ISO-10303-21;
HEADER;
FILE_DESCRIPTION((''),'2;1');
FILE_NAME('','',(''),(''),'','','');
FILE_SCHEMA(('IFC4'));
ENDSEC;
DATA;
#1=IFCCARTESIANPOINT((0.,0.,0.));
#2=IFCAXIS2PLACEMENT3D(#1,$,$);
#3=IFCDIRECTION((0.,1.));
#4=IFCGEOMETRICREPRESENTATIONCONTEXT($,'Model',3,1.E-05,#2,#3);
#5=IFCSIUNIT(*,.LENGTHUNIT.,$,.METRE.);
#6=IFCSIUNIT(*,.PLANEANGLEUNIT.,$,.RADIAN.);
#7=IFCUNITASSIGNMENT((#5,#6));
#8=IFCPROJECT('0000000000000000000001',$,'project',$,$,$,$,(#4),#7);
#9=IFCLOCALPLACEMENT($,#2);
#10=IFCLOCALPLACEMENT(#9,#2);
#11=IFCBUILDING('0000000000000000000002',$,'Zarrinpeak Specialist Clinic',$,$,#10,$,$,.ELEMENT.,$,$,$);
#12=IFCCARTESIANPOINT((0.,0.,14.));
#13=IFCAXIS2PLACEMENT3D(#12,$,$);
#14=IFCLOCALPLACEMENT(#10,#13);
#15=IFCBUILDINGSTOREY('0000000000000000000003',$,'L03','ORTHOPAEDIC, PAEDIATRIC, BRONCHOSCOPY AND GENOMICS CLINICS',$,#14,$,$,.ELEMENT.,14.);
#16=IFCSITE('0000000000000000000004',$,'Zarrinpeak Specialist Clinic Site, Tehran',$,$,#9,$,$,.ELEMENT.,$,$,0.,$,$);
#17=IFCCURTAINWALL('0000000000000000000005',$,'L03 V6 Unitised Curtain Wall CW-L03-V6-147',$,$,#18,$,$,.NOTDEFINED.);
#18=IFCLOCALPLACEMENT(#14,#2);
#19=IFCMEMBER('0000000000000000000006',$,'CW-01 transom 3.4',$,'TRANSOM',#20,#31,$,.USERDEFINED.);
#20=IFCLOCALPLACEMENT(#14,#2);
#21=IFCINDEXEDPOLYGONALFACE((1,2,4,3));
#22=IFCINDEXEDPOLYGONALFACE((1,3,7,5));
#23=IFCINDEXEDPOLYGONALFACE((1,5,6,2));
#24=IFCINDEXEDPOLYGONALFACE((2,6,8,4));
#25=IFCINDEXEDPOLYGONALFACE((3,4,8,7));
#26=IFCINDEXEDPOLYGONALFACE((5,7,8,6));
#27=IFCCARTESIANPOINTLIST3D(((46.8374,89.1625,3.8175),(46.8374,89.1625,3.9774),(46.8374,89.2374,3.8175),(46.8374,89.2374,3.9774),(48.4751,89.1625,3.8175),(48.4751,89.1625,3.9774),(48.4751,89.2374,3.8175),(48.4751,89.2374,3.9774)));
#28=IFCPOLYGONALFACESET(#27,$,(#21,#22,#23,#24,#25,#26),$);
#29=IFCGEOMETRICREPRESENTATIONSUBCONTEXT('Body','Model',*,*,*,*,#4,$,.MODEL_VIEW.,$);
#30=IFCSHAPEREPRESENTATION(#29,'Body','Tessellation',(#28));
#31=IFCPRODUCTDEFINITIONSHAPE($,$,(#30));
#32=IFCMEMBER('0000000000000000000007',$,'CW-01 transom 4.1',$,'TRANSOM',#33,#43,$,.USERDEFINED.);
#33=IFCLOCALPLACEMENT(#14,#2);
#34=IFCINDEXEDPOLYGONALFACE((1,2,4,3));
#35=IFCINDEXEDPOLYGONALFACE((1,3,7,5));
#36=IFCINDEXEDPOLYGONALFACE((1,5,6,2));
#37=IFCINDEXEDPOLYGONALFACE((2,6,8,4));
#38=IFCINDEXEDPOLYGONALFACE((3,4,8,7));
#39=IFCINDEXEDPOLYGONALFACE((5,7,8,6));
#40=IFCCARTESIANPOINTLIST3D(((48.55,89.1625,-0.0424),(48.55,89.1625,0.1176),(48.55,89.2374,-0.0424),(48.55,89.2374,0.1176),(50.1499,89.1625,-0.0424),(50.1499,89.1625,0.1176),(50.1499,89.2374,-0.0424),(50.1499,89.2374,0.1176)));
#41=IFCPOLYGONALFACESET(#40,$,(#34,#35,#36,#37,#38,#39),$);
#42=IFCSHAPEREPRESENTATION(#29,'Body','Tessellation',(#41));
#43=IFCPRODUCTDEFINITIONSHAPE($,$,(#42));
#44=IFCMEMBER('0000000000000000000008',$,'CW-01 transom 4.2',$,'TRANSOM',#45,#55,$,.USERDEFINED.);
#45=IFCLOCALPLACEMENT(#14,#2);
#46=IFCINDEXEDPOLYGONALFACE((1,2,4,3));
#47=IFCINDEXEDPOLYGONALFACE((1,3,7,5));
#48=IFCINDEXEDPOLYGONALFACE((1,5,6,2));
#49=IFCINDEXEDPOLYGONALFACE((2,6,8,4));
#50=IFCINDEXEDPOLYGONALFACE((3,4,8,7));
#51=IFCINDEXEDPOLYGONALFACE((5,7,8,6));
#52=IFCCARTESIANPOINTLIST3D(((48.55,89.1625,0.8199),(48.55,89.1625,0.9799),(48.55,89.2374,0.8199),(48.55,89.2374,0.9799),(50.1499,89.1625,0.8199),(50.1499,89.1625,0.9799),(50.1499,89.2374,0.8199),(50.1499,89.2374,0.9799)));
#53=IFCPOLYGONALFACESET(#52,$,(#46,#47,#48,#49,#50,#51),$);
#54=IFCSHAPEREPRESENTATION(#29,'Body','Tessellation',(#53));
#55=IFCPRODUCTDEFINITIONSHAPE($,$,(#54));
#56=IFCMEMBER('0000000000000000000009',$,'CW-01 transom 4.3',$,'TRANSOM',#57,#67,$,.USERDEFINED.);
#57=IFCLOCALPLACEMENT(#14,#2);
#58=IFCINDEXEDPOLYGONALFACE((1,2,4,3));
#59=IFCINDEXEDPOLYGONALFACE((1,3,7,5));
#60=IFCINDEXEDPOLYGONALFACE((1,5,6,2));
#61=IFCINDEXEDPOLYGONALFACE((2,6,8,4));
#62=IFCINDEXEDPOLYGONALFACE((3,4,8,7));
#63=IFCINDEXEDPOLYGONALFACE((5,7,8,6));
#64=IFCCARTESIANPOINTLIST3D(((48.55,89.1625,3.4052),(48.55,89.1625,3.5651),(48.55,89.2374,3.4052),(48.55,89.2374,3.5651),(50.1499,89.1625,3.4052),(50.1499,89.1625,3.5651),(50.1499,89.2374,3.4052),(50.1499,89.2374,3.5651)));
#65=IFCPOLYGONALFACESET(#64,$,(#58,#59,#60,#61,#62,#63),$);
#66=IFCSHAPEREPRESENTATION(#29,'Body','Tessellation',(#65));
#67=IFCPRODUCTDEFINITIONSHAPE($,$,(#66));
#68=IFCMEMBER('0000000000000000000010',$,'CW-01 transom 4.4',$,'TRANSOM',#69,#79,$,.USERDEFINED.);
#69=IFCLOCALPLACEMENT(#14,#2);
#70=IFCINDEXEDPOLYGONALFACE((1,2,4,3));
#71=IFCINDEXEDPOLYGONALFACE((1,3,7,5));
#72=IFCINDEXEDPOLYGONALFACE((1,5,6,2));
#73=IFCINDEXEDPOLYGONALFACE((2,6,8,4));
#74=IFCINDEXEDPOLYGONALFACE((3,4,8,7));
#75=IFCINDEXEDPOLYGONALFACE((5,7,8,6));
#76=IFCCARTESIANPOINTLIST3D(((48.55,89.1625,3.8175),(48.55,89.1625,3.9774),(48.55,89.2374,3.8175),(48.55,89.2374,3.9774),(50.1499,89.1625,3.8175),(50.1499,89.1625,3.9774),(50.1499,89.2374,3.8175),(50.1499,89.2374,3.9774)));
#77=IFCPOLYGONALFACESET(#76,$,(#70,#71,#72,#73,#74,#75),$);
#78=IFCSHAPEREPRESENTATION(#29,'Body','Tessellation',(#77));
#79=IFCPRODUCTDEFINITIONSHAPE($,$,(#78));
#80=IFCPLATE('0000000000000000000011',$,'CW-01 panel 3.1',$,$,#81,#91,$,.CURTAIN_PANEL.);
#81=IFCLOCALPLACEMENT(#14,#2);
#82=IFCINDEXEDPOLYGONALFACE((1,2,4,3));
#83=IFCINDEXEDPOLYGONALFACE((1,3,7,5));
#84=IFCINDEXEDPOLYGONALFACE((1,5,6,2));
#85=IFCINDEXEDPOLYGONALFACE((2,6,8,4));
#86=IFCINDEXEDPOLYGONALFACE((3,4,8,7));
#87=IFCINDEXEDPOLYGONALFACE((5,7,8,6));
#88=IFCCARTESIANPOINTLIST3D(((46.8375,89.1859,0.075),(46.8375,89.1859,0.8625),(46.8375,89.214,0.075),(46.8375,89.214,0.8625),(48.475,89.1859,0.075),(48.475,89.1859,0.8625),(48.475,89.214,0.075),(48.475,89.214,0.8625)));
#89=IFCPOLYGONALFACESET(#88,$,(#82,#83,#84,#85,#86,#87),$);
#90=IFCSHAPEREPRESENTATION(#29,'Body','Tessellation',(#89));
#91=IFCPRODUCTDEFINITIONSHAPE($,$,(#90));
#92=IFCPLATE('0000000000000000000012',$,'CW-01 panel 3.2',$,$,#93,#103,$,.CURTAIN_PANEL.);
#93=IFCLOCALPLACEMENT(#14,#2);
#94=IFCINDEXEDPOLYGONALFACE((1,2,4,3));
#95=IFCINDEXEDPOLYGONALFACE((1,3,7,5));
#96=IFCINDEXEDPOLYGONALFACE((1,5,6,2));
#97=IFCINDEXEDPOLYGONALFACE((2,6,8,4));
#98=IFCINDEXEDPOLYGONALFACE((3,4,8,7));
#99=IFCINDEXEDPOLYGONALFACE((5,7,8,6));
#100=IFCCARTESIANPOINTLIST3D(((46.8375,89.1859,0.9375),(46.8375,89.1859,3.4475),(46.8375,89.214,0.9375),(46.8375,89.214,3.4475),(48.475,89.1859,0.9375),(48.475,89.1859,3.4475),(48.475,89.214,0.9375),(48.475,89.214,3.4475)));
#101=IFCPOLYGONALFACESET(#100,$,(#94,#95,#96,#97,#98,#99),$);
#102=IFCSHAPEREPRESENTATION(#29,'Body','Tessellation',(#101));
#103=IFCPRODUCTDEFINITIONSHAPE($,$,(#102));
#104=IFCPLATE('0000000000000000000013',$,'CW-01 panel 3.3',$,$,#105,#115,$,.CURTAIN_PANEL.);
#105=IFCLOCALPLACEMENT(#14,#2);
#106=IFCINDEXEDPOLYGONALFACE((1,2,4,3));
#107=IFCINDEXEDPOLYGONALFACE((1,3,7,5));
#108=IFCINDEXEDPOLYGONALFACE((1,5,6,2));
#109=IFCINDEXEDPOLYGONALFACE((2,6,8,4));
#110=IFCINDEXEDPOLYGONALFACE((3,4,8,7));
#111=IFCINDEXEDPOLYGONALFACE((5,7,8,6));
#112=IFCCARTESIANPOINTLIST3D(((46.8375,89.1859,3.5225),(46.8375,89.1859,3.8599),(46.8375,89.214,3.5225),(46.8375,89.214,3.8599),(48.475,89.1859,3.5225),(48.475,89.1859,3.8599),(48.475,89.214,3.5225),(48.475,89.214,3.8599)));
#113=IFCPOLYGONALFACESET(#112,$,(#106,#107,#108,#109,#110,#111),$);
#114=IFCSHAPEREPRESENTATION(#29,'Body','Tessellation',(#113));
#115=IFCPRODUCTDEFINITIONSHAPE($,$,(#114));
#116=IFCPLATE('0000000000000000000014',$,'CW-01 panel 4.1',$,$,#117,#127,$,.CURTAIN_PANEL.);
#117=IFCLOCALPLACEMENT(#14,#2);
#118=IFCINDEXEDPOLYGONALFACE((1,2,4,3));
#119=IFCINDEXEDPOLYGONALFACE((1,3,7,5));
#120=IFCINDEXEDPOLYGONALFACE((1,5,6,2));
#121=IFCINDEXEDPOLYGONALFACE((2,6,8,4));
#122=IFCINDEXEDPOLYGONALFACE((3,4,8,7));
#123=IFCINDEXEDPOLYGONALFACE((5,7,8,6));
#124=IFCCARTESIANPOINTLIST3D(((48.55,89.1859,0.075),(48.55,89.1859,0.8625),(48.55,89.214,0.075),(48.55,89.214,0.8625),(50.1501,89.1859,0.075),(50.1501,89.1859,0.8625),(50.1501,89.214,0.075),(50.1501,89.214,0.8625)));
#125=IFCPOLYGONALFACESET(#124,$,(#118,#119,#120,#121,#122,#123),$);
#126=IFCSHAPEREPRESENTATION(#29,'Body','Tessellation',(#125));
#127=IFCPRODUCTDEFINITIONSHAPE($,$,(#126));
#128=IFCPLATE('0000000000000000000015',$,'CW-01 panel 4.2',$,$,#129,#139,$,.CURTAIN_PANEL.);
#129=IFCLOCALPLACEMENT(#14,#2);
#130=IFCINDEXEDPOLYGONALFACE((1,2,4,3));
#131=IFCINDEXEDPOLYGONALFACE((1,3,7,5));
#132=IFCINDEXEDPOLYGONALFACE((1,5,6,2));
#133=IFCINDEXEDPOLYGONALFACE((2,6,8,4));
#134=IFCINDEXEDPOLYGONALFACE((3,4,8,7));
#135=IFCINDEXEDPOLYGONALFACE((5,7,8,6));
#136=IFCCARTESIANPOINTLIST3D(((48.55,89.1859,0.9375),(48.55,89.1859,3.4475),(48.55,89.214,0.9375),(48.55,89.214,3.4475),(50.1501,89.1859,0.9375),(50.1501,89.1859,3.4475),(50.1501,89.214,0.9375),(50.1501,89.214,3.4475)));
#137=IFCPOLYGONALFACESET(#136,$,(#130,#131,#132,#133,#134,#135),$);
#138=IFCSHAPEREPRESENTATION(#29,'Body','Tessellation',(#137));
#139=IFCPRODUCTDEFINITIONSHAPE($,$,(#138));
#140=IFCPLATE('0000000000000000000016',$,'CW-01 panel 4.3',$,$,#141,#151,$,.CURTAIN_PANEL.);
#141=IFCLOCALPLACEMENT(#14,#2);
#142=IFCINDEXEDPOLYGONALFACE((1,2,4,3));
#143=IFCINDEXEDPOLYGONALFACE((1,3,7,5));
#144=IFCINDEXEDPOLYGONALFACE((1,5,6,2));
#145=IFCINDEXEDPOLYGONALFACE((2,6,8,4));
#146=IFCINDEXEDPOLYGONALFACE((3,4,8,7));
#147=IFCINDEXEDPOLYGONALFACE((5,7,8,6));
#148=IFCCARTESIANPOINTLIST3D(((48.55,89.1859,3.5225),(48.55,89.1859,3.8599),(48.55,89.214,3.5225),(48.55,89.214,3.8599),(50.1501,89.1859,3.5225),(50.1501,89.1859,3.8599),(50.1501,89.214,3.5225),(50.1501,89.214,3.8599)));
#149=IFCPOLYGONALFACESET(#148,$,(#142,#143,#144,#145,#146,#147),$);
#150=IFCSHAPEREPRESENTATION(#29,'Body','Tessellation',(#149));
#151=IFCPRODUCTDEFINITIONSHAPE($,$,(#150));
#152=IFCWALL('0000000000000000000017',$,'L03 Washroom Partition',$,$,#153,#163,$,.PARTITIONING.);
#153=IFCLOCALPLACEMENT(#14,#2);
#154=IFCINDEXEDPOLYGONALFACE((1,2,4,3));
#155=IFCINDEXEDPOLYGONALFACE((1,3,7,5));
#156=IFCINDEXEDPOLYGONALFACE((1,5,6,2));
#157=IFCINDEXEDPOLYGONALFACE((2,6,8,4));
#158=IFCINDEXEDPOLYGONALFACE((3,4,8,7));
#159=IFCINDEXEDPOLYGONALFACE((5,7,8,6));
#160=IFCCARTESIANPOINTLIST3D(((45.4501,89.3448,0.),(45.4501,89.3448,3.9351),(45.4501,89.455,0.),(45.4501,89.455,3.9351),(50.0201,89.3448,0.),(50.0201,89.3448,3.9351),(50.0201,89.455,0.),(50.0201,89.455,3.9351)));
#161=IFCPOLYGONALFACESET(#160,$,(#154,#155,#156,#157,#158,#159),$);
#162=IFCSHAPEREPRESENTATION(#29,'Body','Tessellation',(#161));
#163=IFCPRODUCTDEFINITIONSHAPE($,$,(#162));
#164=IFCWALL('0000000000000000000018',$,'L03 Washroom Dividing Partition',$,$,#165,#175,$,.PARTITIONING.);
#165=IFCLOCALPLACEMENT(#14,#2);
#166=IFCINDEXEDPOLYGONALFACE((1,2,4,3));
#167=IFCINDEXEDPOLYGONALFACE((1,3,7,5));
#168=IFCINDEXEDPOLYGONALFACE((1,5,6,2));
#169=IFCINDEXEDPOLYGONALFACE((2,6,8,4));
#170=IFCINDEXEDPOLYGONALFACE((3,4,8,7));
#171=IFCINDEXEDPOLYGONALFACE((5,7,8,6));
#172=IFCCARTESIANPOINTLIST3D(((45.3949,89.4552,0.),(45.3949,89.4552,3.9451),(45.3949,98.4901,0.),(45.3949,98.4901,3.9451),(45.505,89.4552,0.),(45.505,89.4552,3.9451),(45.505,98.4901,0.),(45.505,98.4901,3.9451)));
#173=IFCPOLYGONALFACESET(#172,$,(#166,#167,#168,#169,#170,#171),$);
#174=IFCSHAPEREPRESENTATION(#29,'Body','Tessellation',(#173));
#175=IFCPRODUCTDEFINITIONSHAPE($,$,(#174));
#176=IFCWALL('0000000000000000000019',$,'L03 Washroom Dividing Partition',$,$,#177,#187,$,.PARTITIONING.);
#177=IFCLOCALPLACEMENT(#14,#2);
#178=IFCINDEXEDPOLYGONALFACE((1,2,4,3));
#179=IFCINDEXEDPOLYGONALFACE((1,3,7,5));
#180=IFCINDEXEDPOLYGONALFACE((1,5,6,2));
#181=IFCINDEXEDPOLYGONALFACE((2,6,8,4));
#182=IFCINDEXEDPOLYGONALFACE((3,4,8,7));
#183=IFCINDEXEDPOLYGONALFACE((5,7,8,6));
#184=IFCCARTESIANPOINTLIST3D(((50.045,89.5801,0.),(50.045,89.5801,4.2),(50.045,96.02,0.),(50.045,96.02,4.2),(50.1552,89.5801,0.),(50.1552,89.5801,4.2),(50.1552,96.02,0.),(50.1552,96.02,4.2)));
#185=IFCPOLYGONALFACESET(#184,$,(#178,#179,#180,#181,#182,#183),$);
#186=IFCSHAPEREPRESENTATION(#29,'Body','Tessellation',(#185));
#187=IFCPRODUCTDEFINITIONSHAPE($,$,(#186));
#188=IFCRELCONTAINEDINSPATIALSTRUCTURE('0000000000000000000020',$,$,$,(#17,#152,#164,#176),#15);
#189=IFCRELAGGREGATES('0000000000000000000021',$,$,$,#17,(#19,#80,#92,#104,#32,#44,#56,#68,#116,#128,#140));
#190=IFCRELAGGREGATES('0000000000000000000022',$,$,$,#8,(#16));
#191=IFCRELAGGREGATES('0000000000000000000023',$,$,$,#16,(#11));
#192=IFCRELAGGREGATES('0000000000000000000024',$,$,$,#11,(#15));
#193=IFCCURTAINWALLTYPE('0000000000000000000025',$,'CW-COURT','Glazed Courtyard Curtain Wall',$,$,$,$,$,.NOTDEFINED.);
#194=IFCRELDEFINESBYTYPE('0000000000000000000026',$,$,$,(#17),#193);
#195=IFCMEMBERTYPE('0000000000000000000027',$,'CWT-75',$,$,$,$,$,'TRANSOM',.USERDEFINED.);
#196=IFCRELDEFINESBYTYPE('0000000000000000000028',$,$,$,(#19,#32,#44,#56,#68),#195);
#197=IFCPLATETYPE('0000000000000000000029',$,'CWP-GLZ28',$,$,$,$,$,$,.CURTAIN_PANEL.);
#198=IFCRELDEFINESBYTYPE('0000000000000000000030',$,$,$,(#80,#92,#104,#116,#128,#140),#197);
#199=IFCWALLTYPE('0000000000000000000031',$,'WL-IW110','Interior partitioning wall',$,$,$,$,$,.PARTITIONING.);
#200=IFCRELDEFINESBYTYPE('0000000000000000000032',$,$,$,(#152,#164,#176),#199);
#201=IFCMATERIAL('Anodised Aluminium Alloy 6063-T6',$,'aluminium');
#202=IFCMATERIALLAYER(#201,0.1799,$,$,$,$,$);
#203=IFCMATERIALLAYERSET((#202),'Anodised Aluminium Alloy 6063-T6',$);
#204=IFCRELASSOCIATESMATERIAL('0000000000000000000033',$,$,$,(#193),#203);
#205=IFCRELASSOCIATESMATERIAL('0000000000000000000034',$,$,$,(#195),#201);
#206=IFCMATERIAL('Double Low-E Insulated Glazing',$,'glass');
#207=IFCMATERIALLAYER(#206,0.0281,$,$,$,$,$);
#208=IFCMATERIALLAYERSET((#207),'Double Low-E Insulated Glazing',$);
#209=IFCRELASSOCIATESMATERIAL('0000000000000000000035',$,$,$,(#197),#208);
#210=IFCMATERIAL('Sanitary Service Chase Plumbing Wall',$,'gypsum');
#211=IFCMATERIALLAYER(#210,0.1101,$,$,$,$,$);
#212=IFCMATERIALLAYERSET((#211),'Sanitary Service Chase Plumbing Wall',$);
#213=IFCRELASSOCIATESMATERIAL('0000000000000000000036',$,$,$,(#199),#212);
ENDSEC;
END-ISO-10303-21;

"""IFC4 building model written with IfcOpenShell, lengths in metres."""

from ifc_helpers import new_model, si_unit, direction, frame, frame_2d, origin, origin_2d, place, context, subcontext, project, spatial, rectangle, extrude, material, layer, layer_set, material_profile, profile_set, type_object, element, aggregate, save


model = new_model("IFC4")

# Units and contexts
model_context = context("Model", 3, precision=1e-05, world=origin(), true_north=direction((0.0, 1.0)))
body_context = subcontext(model_context, "Body", "Model", "MODEL_VIEW")
ifc_project = project(units=[si_unit("LENGTHUNIT", "METRE"), si_unit("PLANEANGLEUNIT", "RADIAN")], contexts=[model_context])

# Site, building, storey
site_placement = place(None, origin())
site = spatial("IfcSite", under=ifc_project, at=site_placement, Name="Zarrinpeak Specialist Clinic Site, Tehran", CompositionType="ELEMENT", RefElevation=0.0)
building_placement = place(site_placement, origin())
building = spatial("IfcBuilding", under=site, at=building_placement, Name="Zarrinpeak Specialist Clinic", CompositionType="ELEMENT")
storey_placement = place(building_placement, frame((0.0, 0.0, 14.0)))
storey = spatial("IfcBuildingStorey", under=building, at=storey_placement, Name="L03", Description="ORTHOPAEDIC, PAEDIATRIC, BRONCHOSCOPY AND GENOMICS CLINICS", CompositionType="ELEMENT", Elevation=14.0)

# Curtain wall, members, plates
ifc_material_1 = material(Name="Anodised Aluminium Alloy 6063-T6", Category="aluminium")
ifc_layer_1 = layer(ifc_material_1, 0.1799)
ifc_layer_set_1 = layer_set([ifc_layer_1], Name="Anodised Aluminium Alloy 6063-T6")
curtain_wall_type = type_object("IfcCurtainWallType", Name="CW-COURT", Description="Glazed Courtyard Curtain Wall", PredefinedType="NOTDEFINED", material=ifc_layer_set_1)
curtain_wall_placement = place(storey_placement, origin())
curtain_wall = element("IfcCurtainWall", 1, at=curtain_wall_placement, inside=storey, type_object=curtain_wall_type, Name="L03 V6 Unitised Curtain Wall CW-L03-V6-147", PredefinedType="NOTDEFINED")
ifc_material_profile_1 = material_profile(ifc_material_1, rectangle(XDim=0.075, YDim=0.1599, at=origin_2d()), Name="ALU 75x160")
ifc_profile_set_1 = profile_set([ifc_material_profile_1], Name="Anodised Aluminium Alloy 6063-T6")
member_type_1 = type_object("IfcMemberType", Name="CWT-75", ElementType="TRANSOM", PredefinedType="USERDEFINED", material=ifc_profile_set_1)
member_1_placement = place(storey_placement, frame((46.8374, 89.2, 3.8975), z_axis=(1.0, 0.0, 0.0), x_axis=(0.0, 1.0, 0.0)))
member_1 = element("IfcMember", 2, at=member_1_placement, type_object=member_type_1, Name="CW-01 transom 3.4", ObjectType="TRANSOM", PredefinedType="USERDEFINED", context=body_context, shape_type="SweptSolid", body=[
    extrude(rectangle(XDim=0.075, YDim=0.1599, at=origin_2d()), origin(), (0.0, 0.0, 1.0), 1.6377),
])
member_2_placement = place(storey_placement, frame((48.55, 89.2, 0.0376), z_axis=(1.0, 0.0, 0.0), x_axis=(0.0, 1.0, 0.0)))
member_2 = element("IfcMember", 3, at=member_2_placement, type_object=member_type_1, Name="CW-01 transom 4.1", ObjectType="TRANSOM", PredefinedType="USERDEFINED", context=body_context, shape_type="SweptSolid", body=[
    extrude(rectangle(XDim=0.075, YDim=0.1599, at=origin_2d()), origin(), (0.0, 0.0, 1.0), 1.5999),
])
member_3_placement = place(storey_placement, frame((48.55, 89.2, 0.8999), z_axis=(1.0, 0.0, 0.0), x_axis=(0.0, 1.0, 0.0)))
member_3 = element("IfcMember", 4, at=member_3_placement, type_object=member_type_1, Name="CW-01 transom 4.2", ObjectType="TRANSOM", PredefinedType="USERDEFINED", context=body_context, shape_type="SweptSolid", body=[
    extrude(rectangle(XDim=0.075, YDim=0.1599, at=origin_2d()), origin(), (0.0, 0.0, 1.0), 1.5999),
])
member_4_placement = place(storey_placement, frame((48.55, 89.2, 3.4851), z_axis=(1.0, 0.0, 0.0), x_axis=(0.0, 1.0, 0.0)))
member_4 = element("IfcMember", 5, at=member_4_placement, type_object=member_type_1, Name="CW-01 transom 4.3", ObjectType="TRANSOM", PredefinedType="USERDEFINED", context=body_context, shape_type="SweptSolid", body=[
    extrude(rectangle(XDim=0.075, YDim=0.1599, at=origin_2d()), origin(), (0.0, 0.0, 1.0), 1.5999),
])
member_5_placement = place(storey_placement, frame((48.55, 89.2, 3.8975), z_axis=(1.0, 0.0, 0.0), x_axis=(0.0, 1.0, 0.0)))
member_5 = element("IfcMember", 6, at=member_5_placement, type_object=member_type_1, Name="CW-01 transom 4.4", ObjectType="TRANSOM", PredefinedType="USERDEFINED", context=body_context, shape_type="SweptSolid", body=[
    extrude(rectangle(XDim=0.075, YDim=0.1599, at=origin_2d()), origin(), (0.0, 0.0, 1.0), 1.5999),
])
ifc_material_2 = material(Name="Double Low-E Insulated Glazing", Category="glass")
ifc_layer_2 = layer(ifc_material_2, 0.0281)
ifc_layer_set_2 = layer_set([ifc_layer_2], Name="Double Low-E Insulated Glazing")
plate_type = type_object("IfcPlateType", Name="CWP-GLZ28", PredefinedType="CURTAIN_PANEL", material=ifc_layer_set_2)
plate_1_placement = place(storey_placement, frame((47.6562, 89.2, 0.075), z_axis=(0.0, 0.0, 1.0), x_axis=(1.0, 0.0, 0.0)))
plate_1 = element("IfcPlate", 7, at=plate_1_placement, type_object=plate_type, Name="CW-01 panel 3.1", PredefinedType="CURTAIN_PANEL", context=body_context, shape_type="SweptSolid", body=[
    extrude(rectangle(XDim=1.6375, YDim=0.0281, at=origin_2d()), origin(), (0.0, 0.0, 1.0), 0.7876),
])
plate_2_placement = place(storey_placement, frame((47.6562, 89.2, 0.9375), z_axis=(0.0, 0.0, 1.0), x_axis=(1.0, 0.0, 0.0)))
plate_2 = element("IfcPlate", 8, at=plate_2_placement, type_object=plate_type, Name="CW-01 panel 3.2", PredefinedType="CURTAIN_PANEL", context=body_context, shape_type="SweptSolid", body=[
    extrude(rectangle(XDim=1.6375, YDim=0.0281, at=origin_2d()), origin(), (0.0, 0.0, 1.0), 2.51),
])
plate_3_placement = place(storey_placement, frame((47.6562, 89.2, 3.5225), z_axis=(0.0, 0.0, 1.0), x_axis=(1.0, 0.0, 0.0)))
plate_3 = element("IfcPlate", 9, at=plate_3_placement, type_object=plate_type, Name="CW-01 panel 3.3", PredefinedType="CURTAIN_PANEL", context=body_context, shape_type="SweptSolid", body=[
    extrude(rectangle(XDim=1.6375, YDim=0.0281, at=origin_2d()), origin(), (0.0, 0.0, 1.0), 0.3374),
])
plate_4_placement = place(storey_placement, frame((49.3501, 89.2, 0.075), z_axis=(0.0, 0.0, 1.0), x_axis=(1.0, 0.0, 0.0)))
plate_4 = element("IfcPlate", 10, at=plate_4_placement, type_object=plate_type, Name="CW-01 panel 4.1", PredefinedType="CURTAIN_PANEL", context=body_context, shape_type="SweptSolid", body=[
    extrude(rectangle(XDim=1.6001, YDim=0.0281, at=origin_2d()), origin(), (0.0, 0.0, 1.0), 0.7876),
])
plate_5_placement = place(storey_placement, frame((49.3501, 89.2, 0.9375), z_axis=(0.0, 0.0, 1.0), x_axis=(1.0, 0.0, 0.0)))
plate_5 = element("IfcPlate", 11, at=plate_5_placement, type_object=plate_type, Name="CW-01 panel 4.2", PredefinedType="CURTAIN_PANEL", context=body_context, shape_type="SweptSolid", body=[
    extrude(rectangle(XDim=1.6001, YDim=0.0281, at=origin_2d()), origin(), (0.0, 0.0, 1.0), 2.51),
])
plate_6_placement = place(storey_placement, frame((49.3501, 89.2, 3.5225), z_axis=(0.0, 0.0, 1.0), x_axis=(1.0, 0.0, 0.0)))
plate_6 = element("IfcPlate", 12, at=plate_6_placement, type_object=plate_type, Name="CW-01 panel 4.3", PredefinedType="CURTAIN_PANEL", context=body_context, shape_type="SweptSolid", body=[
    extrude(rectangle(XDim=1.6001, YDim=0.0281, at=origin_2d()), origin(), (0.0, 0.0, 1.0), 0.3374),
])
aggregate(curtain_wall, [member_1, plate_1, plate_2, plate_3, member_2, member_3, member_4, member_5, plate_4, plate_5, plate_6])

# Walls
ifc_material_3 = material(Name="Sanitary Service Chase Plumbing Wall", Category="gypsum")
ifc_layer_3 = layer(ifc_material_3, 0.1101)
ifc_layer_set_3 = layer_set([ifc_layer_3], Name="Sanitary Service Chase Plumbing Wall")
wall_type_1 = type_object("IfcWallType", Name="WL-IW110", Description="Interior partitioning wall", PredefinedType="PARTITIONING", material=ifc_layer_set_3)
wall_1_placement = place(storey_placement, frame((45.45, 89.3999, 0.0), z_axis=(0.0, 0.0, 1.0), x_axis=(1.0, 0.0, 0.0)))
element("IfcWall", 13, at=wall_1_placement, inside=storey, type_object=wall_type_1, Name="L03 Washroom Partition", PredefinedType="PARTITIONING", context=body_context, shape_type="SweptSolid", body=[
    extrude(rectangle(XDim=4.5701, YDim=0.1101, at=frame_2d((2.2852, 0.0))), origin(), (0.0, 0.0, 1.0), 3.9351),
])
wall_2_placement = place(storey_placement, frame((45.45, 89.4551, 0.0), z_axis=(0.0, 0.0, 1.0), x_axis=(0.0, 1.0, 0.0)))
element("IfcWall", 14, at=wall_2_placement, inside=storey, type_object=wall_type_1, Name="L03 Washroom Dividing Partition", PredefinedType="PARTITIONING", context=body_context, shape_type="SweptSolid", body=[
    extrude(rectangle(XDim=9.0349, YDim=0.1101, at=frame_2d((4.5176, 0.0))), origin(), (0.0, 0.0, 1.0), 3.9451),
])
wall_3_placement = place(storey_placement, frame((50.1001, 89.5801, 0.0), z_axis=(0.0, 0.0, 1.0), x_axis=(0.0, 1.0, 0.0)))
element("IfcWall", 15, at=wall_3_placement, inside=storey, type_object=wall_type_1, Name="L03 Washroom Dividing Partition", PredefinedType="PARTITIONING", context=body_context, shape_type="SweptSolid", body=[
    extrude(rectangle(XDim=6.4399, YDim=0.1101, at=frame_2d((3.22, 0.0))), origin(), (0.0, 0.0, 1.0), 4.2),
])

save(model, "model.ifc")
